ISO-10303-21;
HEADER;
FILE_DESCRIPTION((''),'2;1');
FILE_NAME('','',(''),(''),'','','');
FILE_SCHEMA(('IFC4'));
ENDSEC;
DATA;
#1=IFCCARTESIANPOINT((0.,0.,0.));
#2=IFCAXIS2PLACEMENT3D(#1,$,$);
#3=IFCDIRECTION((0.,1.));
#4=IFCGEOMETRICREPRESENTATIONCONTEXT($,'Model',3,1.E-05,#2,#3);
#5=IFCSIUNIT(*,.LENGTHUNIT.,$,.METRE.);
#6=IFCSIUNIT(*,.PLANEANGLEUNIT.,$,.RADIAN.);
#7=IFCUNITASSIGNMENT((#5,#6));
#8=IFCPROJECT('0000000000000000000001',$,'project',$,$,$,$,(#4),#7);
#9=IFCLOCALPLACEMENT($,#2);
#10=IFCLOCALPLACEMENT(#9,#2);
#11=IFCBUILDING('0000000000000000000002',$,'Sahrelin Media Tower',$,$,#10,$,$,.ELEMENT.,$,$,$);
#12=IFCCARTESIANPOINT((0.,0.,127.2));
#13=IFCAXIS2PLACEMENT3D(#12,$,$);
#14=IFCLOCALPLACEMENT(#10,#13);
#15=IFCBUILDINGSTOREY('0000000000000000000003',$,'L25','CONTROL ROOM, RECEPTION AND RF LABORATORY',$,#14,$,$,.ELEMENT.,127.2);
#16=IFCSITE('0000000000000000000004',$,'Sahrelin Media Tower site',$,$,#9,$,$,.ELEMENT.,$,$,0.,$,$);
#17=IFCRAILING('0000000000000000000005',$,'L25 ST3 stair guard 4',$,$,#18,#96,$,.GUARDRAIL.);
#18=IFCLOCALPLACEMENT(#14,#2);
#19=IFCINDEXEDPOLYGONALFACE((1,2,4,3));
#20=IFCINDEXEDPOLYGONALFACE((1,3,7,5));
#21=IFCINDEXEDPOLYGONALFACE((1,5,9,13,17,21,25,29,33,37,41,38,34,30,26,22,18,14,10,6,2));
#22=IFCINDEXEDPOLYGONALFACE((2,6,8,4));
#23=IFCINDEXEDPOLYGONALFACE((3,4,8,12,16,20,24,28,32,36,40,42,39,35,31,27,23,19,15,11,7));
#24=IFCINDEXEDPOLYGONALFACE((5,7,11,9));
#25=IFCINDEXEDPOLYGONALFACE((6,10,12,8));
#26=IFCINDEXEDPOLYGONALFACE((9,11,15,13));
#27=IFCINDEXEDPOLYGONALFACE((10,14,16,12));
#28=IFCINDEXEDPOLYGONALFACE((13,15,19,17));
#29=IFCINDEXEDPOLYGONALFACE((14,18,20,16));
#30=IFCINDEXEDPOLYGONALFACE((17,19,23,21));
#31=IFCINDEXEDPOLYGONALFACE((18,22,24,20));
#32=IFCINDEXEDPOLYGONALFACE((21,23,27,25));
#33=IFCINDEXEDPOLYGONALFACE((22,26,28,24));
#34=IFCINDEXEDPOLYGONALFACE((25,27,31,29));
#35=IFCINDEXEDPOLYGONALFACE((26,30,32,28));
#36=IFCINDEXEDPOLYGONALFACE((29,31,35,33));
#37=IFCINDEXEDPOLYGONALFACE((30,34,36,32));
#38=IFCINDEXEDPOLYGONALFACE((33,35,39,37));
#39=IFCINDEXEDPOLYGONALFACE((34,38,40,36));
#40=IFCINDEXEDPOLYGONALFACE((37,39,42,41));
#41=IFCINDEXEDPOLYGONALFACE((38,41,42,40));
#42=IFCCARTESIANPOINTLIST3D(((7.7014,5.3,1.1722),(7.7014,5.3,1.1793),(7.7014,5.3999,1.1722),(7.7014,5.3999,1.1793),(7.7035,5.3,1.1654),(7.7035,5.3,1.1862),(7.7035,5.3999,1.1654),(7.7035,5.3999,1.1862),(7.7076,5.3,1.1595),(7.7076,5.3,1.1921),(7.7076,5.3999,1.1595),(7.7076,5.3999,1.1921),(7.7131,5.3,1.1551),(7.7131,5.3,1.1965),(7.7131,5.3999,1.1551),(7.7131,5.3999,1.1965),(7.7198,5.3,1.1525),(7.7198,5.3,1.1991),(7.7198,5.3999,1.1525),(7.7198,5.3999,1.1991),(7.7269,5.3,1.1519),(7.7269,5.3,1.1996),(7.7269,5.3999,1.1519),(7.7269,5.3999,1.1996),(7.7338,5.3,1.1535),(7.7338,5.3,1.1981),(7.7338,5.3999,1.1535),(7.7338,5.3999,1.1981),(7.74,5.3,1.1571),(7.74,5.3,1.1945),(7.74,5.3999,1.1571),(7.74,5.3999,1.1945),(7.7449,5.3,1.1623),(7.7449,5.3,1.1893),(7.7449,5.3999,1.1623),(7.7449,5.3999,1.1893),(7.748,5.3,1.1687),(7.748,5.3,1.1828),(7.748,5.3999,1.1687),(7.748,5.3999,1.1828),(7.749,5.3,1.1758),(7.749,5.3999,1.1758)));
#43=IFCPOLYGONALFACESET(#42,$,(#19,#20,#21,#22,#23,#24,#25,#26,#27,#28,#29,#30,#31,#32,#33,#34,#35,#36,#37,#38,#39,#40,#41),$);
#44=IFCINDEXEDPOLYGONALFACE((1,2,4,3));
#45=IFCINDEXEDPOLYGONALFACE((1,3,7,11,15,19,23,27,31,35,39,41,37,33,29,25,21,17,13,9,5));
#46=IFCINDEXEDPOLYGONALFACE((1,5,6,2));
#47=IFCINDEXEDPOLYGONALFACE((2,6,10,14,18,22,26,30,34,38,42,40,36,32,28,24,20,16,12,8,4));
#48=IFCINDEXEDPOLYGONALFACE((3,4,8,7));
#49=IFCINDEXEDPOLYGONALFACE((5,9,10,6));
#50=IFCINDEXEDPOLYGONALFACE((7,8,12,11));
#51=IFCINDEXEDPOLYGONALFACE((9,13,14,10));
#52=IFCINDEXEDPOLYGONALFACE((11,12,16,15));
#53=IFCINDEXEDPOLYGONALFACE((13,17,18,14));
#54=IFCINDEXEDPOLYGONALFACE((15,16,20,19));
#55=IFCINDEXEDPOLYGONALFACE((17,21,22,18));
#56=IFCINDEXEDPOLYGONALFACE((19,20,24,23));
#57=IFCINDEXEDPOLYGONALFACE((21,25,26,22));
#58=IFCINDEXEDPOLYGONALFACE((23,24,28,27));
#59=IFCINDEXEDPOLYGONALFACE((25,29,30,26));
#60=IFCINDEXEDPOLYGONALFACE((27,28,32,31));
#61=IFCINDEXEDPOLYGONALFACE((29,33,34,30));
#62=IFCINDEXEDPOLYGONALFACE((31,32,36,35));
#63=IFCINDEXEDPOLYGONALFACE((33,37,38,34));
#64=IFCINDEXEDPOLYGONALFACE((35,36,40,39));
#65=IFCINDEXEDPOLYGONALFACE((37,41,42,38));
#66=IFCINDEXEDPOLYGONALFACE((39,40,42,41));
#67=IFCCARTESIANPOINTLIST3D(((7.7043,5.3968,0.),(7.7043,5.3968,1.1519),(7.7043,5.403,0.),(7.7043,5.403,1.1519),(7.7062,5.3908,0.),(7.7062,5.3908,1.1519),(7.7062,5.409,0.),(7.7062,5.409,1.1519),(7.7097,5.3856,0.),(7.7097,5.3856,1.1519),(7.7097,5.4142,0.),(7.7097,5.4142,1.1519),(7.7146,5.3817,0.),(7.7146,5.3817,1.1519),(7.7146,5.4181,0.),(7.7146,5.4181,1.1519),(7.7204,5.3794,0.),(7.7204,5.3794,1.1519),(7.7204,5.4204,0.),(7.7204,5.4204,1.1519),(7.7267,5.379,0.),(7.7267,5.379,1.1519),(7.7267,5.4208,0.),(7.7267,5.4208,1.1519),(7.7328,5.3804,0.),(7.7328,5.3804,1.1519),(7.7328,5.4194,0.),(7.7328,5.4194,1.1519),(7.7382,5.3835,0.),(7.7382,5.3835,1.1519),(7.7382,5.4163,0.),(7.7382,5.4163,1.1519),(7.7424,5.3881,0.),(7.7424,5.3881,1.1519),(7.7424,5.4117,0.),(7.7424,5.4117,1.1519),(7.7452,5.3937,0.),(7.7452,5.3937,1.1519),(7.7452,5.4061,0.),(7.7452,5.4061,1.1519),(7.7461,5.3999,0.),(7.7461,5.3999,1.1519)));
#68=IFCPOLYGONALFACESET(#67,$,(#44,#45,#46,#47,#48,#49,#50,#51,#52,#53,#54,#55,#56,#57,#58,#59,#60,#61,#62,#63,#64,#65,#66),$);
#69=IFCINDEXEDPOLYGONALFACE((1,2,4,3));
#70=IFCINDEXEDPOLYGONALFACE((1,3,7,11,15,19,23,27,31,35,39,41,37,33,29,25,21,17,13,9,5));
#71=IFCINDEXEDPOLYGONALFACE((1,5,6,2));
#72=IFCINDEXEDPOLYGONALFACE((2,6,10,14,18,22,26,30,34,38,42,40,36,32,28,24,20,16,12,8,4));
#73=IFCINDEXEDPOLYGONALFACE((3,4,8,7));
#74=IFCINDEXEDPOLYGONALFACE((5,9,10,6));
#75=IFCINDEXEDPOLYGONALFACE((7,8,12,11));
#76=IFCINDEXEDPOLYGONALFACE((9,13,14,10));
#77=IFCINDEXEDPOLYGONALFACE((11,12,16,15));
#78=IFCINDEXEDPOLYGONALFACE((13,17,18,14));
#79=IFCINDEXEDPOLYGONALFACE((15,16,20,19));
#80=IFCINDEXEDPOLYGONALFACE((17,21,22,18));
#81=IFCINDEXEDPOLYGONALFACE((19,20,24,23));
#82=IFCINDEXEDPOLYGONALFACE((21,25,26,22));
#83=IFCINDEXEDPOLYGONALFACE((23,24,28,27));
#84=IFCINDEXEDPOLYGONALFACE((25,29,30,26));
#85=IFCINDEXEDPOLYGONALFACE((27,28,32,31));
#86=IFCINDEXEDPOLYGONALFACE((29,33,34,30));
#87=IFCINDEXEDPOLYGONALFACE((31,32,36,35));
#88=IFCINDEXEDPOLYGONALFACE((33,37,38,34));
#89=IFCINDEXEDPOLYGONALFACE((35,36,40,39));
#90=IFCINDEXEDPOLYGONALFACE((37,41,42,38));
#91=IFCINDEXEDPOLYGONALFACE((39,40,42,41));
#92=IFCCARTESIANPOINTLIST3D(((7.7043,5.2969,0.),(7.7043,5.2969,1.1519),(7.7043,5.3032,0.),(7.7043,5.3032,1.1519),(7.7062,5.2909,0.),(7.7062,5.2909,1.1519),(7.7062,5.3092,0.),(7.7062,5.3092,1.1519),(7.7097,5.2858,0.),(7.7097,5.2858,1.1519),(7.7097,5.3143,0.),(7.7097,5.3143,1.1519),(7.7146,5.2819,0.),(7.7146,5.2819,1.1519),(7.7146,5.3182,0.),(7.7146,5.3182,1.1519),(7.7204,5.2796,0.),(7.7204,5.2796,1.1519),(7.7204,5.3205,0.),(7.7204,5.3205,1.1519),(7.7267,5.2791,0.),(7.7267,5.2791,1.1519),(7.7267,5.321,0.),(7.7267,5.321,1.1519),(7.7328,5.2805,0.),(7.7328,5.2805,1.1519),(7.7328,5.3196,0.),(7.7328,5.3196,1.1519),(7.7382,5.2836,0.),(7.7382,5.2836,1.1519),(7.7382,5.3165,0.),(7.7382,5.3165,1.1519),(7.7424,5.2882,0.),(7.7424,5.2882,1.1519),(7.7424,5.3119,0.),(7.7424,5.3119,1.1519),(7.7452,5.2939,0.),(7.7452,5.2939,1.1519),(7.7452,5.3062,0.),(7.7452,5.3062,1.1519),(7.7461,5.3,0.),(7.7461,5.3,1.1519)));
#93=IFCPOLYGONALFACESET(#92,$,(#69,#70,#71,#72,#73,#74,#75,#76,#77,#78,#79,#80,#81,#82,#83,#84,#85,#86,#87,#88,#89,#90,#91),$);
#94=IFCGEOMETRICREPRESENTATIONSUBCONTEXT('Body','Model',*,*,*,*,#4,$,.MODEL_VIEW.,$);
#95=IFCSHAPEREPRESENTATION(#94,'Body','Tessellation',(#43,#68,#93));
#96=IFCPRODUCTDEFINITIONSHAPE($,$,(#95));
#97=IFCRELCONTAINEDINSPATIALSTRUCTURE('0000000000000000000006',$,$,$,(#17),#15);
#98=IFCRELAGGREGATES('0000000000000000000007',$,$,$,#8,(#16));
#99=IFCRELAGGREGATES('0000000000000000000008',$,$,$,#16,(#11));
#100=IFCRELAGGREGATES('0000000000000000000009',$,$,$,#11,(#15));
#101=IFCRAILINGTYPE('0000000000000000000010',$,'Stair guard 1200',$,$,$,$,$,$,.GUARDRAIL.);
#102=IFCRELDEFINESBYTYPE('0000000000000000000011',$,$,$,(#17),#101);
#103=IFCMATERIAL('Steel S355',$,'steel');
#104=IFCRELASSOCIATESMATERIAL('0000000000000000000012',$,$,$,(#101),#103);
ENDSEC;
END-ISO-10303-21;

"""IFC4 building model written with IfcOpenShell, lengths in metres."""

from ifc_helpers import new_model, si_unit, direction, frame, origin, origin_2d, place, context, subcontext, project, spatial, circle, extrude, material, type_object, element, save


model = new_model("IFC4")

# Units and contexts
model_context = context("Model", 3, precision=1e-05, world=origin(), true_north=direction((0.0, 1.0)))
body_context = subcontext(model_context, "Body", "Model", "MODEL_VIEW")
ifc_project = project(units=[si_unit("LENGTHUNIT", "METRE"), si_unit("PLANEANGLEUNIT", "RADIAN")], contexts=[model_context])

# Site, building, storey
site_placement = place(None, origin())
site = spatial("IfcSite", under=ifc_project, at=site_placement, Name="Sahrelin Media Tower site", CompositionType="ELEMENT", RefElevation=0.0)
building_placement = place(site_placement, origin())
building = spatial("IfcBuilding", under=site, at=building_placement, Name="Sahrelin Media Tower", CompositionType="ELEMENT")
storey_placement = place(building_placement, frame((0.0, 0.0, 127.2)))
storey = spatial("IfcBuildingStorey", under=building, at=storey_placement, Name="L25", Description="CONTROL ROOM, RECEPTION AND RF LABORATORY", CompositionType="ELEMENT", Elevation=127.2)

# Shared definitions
ifc_material_1 = material(Name="Steel S355", Category="steel")

# Railing
railing_type_1 = type_object("IfcRailingType", Name="Stair guard 1200", PredefinedType="GUARDRAIL", material=ifc_material_1)
railing_1_placement = place(storey_placement, frame((7.7251, 5.3999, 0.0)))
element("IfcRailing", 1, at=railing_1_placement, inside=storey, type_object=railing_type_1, Name="L25 ST3 stair guard 4", PredefinedType="GUARDRAIL", context=body_context, shape_type="SweptSolid", body=[
    extrude(circle(Radius=0.0239, at=origin_2d()), frame((0.0, 0.0, 1.1758), z_axis=(0.0, -1.0, 0.0), x_axis=(1.0, 0.0, 0.0)), (0.0, 0.0, 1.0), 0.0999),
    extrude(circle(Radius=0.021, at=origin_2d()), origin(), (0.0, 0.0, 1.0), 1.1519),
    extrude(circle(Radius=0.021, at=origin_2d()), frame((0.0, -0.0999, 0.0)), (0.0, 0.0, 1.0), 1.1519),
])

save(model, "model.ifc")
